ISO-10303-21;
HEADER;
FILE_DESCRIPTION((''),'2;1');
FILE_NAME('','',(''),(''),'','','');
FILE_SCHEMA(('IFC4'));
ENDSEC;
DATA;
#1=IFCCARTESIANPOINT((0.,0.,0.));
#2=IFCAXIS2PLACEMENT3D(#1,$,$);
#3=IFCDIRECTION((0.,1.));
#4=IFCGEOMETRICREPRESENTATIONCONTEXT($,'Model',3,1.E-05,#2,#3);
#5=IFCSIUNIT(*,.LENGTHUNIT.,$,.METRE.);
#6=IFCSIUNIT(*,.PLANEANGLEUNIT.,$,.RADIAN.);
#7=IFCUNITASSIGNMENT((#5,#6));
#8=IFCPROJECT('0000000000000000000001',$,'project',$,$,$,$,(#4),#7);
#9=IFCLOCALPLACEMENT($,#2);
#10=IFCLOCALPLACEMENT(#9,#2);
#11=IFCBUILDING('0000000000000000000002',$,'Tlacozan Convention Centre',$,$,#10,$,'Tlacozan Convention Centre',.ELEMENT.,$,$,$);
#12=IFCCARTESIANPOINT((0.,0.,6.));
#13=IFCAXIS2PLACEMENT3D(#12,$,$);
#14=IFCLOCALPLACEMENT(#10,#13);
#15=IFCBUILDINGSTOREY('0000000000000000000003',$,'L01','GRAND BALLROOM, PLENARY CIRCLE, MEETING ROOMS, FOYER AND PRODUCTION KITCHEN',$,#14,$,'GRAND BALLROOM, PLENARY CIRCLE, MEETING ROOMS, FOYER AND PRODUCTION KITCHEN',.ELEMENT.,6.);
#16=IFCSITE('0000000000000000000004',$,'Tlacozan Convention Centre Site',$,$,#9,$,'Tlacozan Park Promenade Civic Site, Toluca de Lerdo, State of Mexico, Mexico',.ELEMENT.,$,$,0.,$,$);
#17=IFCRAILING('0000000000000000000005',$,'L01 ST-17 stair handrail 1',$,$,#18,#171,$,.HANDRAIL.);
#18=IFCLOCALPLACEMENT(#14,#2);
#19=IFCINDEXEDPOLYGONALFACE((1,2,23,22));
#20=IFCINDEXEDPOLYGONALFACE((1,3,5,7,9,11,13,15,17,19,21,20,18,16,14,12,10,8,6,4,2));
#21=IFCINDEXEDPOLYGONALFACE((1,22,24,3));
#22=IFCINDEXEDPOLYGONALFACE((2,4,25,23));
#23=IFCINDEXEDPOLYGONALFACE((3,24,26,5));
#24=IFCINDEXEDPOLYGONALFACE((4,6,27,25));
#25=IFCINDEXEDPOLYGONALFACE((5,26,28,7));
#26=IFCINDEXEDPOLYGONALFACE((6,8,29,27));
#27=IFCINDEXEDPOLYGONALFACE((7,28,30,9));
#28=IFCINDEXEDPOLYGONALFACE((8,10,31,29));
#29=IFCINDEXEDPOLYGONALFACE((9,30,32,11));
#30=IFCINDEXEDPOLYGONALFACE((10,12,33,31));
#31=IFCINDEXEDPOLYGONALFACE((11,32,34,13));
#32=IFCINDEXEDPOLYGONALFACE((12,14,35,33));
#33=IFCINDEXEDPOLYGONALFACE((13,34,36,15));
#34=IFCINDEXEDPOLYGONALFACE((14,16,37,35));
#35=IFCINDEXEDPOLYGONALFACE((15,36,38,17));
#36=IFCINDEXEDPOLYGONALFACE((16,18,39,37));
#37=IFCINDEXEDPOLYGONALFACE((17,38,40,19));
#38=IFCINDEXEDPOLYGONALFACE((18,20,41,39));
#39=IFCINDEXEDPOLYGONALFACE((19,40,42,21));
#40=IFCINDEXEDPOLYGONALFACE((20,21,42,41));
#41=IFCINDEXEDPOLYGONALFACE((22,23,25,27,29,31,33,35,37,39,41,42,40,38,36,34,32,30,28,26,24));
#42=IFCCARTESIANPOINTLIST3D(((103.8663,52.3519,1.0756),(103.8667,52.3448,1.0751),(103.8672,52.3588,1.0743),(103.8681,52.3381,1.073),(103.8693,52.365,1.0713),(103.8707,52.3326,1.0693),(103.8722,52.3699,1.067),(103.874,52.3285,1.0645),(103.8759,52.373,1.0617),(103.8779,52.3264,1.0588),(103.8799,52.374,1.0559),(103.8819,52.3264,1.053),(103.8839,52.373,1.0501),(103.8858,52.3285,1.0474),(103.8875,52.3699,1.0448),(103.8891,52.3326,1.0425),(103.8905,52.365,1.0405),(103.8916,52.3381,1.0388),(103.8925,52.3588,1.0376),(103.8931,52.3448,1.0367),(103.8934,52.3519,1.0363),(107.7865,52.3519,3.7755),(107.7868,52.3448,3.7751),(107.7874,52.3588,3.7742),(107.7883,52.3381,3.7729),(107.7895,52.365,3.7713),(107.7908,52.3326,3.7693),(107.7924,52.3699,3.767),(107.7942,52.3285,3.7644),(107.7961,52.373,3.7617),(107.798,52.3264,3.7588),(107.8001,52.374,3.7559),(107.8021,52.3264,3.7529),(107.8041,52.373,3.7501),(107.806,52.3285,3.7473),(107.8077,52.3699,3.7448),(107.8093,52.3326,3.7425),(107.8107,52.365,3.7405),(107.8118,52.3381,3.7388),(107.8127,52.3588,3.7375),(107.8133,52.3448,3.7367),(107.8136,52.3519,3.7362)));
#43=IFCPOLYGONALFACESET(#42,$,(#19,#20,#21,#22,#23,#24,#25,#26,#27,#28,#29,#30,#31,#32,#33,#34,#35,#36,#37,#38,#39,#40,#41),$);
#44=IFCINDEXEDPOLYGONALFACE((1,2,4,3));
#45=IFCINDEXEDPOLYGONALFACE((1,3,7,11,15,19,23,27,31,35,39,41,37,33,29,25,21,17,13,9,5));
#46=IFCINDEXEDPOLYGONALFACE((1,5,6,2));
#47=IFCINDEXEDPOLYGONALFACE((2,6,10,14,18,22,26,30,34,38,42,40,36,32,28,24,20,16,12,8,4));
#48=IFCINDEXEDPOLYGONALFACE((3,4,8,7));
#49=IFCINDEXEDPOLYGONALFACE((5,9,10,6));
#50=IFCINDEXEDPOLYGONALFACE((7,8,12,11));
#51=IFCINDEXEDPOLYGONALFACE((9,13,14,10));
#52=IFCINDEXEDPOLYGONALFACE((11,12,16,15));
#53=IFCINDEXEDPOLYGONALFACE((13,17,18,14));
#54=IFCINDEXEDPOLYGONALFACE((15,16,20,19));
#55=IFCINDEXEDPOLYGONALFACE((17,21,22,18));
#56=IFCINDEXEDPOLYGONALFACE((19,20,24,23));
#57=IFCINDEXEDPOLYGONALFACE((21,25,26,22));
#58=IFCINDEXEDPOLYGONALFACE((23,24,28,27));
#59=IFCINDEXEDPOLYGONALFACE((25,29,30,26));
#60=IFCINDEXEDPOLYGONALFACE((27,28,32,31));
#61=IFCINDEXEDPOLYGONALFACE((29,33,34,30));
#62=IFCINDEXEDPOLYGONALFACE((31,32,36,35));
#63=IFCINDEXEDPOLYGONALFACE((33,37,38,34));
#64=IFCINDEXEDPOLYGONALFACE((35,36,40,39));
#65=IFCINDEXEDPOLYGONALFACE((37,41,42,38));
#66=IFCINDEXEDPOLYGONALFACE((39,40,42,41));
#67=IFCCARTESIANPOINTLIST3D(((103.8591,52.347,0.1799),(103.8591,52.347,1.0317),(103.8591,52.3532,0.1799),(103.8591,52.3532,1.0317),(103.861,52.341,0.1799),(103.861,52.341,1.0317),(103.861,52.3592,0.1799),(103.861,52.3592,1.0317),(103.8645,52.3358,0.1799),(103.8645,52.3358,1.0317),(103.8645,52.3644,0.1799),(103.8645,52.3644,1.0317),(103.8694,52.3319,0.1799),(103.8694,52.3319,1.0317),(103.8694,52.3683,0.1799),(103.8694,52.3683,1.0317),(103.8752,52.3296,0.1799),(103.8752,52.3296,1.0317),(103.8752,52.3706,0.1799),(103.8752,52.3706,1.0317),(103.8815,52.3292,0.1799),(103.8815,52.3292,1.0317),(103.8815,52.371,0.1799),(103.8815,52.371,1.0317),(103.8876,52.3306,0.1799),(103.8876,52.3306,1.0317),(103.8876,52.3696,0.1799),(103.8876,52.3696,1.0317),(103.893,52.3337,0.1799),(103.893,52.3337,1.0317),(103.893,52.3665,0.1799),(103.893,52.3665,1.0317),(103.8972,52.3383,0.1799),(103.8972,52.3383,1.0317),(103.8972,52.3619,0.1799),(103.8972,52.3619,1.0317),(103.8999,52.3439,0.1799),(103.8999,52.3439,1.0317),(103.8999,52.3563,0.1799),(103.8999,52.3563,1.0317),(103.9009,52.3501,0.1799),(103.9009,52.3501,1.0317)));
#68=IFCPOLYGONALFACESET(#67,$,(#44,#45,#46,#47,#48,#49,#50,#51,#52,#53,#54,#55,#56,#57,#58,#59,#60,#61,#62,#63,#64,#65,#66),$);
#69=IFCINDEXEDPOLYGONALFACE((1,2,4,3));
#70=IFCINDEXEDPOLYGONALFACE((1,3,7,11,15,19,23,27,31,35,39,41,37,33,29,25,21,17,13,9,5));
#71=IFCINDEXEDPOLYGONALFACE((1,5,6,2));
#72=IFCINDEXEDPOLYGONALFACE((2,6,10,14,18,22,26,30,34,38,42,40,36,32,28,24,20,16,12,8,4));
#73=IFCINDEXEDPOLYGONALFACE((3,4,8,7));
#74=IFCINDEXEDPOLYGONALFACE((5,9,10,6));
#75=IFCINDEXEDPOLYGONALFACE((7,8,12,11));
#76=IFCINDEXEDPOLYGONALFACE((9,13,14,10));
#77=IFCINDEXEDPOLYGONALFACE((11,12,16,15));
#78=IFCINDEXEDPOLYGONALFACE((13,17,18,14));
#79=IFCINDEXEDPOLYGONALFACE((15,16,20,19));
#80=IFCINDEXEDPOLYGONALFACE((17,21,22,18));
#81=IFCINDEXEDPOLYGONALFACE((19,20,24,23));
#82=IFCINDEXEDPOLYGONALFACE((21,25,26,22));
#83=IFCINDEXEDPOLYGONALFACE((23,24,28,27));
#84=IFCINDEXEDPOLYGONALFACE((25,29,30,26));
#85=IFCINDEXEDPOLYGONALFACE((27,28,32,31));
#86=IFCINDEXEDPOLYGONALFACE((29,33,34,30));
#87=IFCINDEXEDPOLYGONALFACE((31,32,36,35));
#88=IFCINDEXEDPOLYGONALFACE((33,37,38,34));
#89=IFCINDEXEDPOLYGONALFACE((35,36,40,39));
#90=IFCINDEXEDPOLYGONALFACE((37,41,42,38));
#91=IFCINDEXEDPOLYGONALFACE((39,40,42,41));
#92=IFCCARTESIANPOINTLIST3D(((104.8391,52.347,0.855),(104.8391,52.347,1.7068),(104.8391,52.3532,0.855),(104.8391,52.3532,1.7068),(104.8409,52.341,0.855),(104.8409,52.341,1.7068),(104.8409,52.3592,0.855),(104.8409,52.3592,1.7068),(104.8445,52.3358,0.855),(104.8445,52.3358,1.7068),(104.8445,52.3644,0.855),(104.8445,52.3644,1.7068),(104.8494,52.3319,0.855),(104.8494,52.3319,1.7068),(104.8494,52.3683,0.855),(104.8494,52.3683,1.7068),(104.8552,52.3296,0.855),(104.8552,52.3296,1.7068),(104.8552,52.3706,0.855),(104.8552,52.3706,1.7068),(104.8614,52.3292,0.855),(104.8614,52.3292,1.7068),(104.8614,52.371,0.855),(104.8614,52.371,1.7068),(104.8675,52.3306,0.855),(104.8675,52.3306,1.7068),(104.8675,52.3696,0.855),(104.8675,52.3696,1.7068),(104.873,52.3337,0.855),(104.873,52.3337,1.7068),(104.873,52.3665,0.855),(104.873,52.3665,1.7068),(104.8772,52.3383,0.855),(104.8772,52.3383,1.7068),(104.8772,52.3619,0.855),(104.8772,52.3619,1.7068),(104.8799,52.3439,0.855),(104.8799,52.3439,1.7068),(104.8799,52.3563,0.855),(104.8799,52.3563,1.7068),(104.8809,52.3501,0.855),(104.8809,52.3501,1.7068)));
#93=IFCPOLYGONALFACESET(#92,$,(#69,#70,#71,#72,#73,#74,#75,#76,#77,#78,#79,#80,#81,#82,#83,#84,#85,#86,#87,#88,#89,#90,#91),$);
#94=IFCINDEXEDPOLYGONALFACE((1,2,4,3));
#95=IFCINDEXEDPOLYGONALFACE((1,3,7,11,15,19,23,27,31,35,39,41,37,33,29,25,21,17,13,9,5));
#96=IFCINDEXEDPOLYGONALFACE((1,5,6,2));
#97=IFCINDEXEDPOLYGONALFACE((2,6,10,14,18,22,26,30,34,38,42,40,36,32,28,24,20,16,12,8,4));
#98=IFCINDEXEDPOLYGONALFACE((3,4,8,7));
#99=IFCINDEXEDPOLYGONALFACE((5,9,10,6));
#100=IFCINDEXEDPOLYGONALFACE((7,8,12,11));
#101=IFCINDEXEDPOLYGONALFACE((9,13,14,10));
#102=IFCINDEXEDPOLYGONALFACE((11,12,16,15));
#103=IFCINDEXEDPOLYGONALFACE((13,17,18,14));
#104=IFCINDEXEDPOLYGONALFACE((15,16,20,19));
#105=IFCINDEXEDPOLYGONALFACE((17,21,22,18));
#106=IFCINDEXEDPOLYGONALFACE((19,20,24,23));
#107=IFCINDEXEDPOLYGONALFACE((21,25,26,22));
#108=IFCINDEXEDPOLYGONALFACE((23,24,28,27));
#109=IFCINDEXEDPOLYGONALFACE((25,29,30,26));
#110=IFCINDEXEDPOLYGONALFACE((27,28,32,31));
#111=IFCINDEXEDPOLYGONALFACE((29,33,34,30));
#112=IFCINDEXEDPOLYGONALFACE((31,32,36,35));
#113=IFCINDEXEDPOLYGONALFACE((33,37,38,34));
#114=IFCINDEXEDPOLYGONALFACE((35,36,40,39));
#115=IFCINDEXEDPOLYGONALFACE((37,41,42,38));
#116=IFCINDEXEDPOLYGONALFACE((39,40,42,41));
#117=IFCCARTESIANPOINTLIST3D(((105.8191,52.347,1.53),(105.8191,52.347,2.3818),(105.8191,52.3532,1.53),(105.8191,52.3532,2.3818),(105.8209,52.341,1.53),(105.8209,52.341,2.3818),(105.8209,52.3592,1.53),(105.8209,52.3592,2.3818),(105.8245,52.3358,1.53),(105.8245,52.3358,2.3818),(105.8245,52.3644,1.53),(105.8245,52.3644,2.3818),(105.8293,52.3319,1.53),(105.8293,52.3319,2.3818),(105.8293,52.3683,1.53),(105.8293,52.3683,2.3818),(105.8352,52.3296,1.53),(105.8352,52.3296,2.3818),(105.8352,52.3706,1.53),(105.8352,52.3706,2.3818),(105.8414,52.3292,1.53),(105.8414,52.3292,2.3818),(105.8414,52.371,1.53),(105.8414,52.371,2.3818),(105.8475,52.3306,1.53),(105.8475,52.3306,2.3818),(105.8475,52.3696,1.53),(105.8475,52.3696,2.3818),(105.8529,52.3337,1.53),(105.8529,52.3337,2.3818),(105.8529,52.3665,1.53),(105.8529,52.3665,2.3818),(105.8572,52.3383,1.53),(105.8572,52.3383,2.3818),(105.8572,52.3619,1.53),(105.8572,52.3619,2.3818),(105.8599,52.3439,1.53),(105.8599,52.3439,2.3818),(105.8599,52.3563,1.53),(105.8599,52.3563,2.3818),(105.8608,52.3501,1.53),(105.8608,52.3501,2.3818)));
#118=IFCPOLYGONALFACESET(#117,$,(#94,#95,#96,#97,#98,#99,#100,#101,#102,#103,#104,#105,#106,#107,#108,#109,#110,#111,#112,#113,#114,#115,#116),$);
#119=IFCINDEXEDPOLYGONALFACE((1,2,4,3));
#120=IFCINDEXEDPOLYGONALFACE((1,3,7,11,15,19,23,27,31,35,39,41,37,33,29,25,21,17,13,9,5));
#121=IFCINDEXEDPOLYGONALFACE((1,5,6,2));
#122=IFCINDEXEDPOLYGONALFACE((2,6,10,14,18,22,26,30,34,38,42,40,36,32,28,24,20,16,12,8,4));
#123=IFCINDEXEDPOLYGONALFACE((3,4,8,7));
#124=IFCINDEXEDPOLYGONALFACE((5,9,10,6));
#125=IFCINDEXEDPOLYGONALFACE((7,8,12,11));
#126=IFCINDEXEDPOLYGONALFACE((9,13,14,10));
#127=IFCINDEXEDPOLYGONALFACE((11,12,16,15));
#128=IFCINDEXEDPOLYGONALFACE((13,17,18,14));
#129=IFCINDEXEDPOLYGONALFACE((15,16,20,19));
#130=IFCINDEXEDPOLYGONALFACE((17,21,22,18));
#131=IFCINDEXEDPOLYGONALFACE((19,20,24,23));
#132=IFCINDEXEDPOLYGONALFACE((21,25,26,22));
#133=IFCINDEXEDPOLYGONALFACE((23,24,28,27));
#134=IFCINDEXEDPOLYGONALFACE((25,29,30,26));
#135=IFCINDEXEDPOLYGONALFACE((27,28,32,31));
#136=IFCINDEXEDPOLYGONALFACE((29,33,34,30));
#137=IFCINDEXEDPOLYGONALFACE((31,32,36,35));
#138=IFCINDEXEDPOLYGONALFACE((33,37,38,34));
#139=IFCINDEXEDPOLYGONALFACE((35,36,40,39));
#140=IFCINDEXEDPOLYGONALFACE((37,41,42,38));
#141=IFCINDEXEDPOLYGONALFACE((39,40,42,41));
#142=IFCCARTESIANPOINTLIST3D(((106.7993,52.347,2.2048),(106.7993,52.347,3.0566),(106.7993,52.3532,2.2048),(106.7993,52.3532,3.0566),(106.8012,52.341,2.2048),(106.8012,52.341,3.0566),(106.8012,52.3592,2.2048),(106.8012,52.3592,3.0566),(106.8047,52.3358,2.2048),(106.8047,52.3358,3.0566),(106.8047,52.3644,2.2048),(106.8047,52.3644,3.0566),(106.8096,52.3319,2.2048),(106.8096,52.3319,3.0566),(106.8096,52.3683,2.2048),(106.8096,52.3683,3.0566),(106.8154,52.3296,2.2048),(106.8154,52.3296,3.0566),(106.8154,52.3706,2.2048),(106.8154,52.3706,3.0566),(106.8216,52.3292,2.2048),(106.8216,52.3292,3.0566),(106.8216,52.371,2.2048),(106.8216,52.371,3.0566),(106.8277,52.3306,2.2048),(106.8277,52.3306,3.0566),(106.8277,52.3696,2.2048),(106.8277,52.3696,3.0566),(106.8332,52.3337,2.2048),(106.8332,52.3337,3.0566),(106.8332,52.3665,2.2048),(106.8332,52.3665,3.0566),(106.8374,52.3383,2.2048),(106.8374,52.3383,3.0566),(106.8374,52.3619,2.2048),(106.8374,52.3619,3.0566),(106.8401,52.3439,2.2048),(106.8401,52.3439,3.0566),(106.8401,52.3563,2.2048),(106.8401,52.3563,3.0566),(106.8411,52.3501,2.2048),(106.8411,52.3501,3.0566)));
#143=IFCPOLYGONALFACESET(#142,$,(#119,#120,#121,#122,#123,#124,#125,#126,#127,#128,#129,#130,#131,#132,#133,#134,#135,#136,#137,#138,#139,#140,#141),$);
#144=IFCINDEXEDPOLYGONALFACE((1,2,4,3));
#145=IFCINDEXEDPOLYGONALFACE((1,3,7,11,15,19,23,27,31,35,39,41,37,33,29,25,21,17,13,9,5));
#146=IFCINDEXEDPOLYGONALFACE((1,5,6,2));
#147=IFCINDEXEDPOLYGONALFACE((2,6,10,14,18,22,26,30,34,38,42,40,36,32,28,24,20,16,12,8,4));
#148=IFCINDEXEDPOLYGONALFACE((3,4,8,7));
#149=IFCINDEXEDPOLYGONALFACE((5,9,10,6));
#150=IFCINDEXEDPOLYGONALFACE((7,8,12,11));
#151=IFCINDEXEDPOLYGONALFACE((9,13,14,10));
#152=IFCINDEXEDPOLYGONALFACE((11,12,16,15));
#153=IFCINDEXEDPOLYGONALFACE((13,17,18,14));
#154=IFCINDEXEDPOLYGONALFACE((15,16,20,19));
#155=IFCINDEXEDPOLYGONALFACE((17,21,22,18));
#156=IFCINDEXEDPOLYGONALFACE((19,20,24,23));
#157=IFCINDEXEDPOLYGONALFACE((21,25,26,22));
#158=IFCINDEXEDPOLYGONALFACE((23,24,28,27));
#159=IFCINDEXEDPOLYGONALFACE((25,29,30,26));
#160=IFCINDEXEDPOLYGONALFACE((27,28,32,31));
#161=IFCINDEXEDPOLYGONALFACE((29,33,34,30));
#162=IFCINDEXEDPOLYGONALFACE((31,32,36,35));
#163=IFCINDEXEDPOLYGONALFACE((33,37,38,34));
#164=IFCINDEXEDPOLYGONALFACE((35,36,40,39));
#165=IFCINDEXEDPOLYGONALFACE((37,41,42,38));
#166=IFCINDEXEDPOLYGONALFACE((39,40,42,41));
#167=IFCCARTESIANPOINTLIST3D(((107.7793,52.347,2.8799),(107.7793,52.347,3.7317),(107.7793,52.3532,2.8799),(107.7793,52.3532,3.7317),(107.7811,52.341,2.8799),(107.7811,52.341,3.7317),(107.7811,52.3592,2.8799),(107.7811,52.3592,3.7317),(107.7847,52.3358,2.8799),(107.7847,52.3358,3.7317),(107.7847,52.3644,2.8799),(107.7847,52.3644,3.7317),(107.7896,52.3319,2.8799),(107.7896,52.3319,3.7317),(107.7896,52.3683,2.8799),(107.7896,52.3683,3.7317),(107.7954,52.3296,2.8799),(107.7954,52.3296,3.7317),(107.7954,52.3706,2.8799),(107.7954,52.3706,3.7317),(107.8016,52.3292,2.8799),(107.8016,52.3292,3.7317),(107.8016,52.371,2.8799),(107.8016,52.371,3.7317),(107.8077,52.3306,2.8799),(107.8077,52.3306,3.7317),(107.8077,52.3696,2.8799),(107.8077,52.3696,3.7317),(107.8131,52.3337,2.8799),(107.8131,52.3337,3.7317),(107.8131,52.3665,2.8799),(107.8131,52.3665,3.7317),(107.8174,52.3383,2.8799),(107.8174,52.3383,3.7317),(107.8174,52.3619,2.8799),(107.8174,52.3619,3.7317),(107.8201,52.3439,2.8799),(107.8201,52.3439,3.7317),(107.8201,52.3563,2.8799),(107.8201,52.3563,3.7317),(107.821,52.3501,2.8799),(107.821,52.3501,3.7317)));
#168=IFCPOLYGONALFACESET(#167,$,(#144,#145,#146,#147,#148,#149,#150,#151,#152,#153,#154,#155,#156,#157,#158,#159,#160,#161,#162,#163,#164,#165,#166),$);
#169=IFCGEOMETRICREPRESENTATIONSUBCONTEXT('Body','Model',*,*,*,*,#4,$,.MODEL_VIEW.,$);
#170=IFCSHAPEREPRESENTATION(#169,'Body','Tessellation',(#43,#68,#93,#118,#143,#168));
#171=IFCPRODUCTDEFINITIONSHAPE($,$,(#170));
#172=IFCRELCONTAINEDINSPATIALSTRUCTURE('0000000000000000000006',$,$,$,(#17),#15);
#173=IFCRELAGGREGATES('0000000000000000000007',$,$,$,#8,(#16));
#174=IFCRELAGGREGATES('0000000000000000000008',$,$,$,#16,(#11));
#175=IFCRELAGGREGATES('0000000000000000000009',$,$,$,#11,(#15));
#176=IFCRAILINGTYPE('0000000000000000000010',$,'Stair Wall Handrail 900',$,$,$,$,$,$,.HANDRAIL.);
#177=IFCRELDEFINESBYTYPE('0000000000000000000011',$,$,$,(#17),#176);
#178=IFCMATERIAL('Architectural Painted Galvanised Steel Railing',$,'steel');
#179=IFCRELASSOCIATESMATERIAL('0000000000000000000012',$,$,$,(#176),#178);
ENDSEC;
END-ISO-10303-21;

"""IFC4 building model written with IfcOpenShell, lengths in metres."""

from ifc_helpers import new_model, si_unit, direction, frame, origin, origin_2d, place, context, subcontext, project, spatial, circle, extrude, material, type_object, element, save


model = new_model("IFC4")

# Units and contexts
model_context = context("Model", 3, precision=1e-05, world=origin(), true_north=direction((0.0, 1.0)))
body_context = subcontext(model_context, "Body", "Model", "MODEL_VIEW")
ifc_project = project(units=[si_unit("LENGTHUNIT", "METRE"), si_unit("PLANEANGLEUNIT", "RADIAN")], contexts=[model_context])

# Site, building, storey
site_placement = place(None, origin())
site = spatial("IfcSite", under=ifc_project, at=site_placement, Name="Tlacozan Convention Centre Site", LongName="Tlacozan Park Promenade Civic Site, Toluca de Lerdo, State of Mexico, Mexico", CompositionType="ELEMENT", RefElevation=0.0)
building_placement = place(site_placement, origin())
building = spatial("IfcBuilding", under=site, at=building_placement, Name="Tlacozan Convention Centre", LongName="Tlacozan Convention Centre", CompositionType="ELEMENT")
storey_placement = place(building_placement, frame((0.0, 0.0, 6.0)))
storey = spatial("IfcBuildingStorey", under=building, at=storey_placement, Name="L01", Description="GRAND BALLROOM, PLENARY CIRCLE, MEETING ROOMS, FOYER AND PRODUCTION KITCHEN", LongName="GRAND BALLROOM, PLENARY CIRCLE, MEETING ROOMS, FOYER AND PRODUCTION KITCHEN", CompositionType="ELEMENT", Elevation=6.0)

# Railing
ifc_material_1 = material(Name="Architectural Painted Galvanised Steel Railing", Category="steel")
railing_type_1 = type_object("IfcRailingType", Name="Stair Wall Handrail 900", PredefinedType="HANDRAIL", material=ifc_material_1)
railing_1_placement = place(storey_placement, frame((103.8799, 52.3501, 0.1799)))
element("IfcRailing", 1, at=railing_1_placement, inside=storey, type_object=railing_type_1, Name="L01 ST-17 stair handrail 1", PredefinedType="HANDRAIL", context=body_context, shape_type="SweptSolid", body=[
    extrude(circle(Radius=0.0239, at=origin_2d()), frame((0.0, 0.0, 0.876), z_axis=(0.823567, 0.0, 0.567219), x_axis=(0.0, 1.0, 0.0)), (0.0, 0.0, 1.0), 4.76),
    extrude(circle(Radius=0.021, at=origin_2d()), origin(), (0.0, 0.0, 1.0), 0.8518),
    extrude(circle(Radius=0.021, at=origin_2d()), frame((0.98, 0.0, 0.675)), (0.0, 0.0, 1.0), 0.8518),
    extrude(circle(Radius=0.021, at=origin_2d()), frame((1.96, 0.0, 1.3501)), (0.0, 0.0, 1.0), 0.8518),
    extrude(circle(Radius=0.021, at=origin_2d()), frame((2.9402, 0.0, 2.0249)), (0.0, 0.0, 1.0), 0.8518),
    extrude(circle(Radius=0.021, at=origin_2d()), frame((3.9202, 0.0, 2.7)), (0.0, 0.0, 1.0), 0.8518),
])

save(model, "model.ifc")
